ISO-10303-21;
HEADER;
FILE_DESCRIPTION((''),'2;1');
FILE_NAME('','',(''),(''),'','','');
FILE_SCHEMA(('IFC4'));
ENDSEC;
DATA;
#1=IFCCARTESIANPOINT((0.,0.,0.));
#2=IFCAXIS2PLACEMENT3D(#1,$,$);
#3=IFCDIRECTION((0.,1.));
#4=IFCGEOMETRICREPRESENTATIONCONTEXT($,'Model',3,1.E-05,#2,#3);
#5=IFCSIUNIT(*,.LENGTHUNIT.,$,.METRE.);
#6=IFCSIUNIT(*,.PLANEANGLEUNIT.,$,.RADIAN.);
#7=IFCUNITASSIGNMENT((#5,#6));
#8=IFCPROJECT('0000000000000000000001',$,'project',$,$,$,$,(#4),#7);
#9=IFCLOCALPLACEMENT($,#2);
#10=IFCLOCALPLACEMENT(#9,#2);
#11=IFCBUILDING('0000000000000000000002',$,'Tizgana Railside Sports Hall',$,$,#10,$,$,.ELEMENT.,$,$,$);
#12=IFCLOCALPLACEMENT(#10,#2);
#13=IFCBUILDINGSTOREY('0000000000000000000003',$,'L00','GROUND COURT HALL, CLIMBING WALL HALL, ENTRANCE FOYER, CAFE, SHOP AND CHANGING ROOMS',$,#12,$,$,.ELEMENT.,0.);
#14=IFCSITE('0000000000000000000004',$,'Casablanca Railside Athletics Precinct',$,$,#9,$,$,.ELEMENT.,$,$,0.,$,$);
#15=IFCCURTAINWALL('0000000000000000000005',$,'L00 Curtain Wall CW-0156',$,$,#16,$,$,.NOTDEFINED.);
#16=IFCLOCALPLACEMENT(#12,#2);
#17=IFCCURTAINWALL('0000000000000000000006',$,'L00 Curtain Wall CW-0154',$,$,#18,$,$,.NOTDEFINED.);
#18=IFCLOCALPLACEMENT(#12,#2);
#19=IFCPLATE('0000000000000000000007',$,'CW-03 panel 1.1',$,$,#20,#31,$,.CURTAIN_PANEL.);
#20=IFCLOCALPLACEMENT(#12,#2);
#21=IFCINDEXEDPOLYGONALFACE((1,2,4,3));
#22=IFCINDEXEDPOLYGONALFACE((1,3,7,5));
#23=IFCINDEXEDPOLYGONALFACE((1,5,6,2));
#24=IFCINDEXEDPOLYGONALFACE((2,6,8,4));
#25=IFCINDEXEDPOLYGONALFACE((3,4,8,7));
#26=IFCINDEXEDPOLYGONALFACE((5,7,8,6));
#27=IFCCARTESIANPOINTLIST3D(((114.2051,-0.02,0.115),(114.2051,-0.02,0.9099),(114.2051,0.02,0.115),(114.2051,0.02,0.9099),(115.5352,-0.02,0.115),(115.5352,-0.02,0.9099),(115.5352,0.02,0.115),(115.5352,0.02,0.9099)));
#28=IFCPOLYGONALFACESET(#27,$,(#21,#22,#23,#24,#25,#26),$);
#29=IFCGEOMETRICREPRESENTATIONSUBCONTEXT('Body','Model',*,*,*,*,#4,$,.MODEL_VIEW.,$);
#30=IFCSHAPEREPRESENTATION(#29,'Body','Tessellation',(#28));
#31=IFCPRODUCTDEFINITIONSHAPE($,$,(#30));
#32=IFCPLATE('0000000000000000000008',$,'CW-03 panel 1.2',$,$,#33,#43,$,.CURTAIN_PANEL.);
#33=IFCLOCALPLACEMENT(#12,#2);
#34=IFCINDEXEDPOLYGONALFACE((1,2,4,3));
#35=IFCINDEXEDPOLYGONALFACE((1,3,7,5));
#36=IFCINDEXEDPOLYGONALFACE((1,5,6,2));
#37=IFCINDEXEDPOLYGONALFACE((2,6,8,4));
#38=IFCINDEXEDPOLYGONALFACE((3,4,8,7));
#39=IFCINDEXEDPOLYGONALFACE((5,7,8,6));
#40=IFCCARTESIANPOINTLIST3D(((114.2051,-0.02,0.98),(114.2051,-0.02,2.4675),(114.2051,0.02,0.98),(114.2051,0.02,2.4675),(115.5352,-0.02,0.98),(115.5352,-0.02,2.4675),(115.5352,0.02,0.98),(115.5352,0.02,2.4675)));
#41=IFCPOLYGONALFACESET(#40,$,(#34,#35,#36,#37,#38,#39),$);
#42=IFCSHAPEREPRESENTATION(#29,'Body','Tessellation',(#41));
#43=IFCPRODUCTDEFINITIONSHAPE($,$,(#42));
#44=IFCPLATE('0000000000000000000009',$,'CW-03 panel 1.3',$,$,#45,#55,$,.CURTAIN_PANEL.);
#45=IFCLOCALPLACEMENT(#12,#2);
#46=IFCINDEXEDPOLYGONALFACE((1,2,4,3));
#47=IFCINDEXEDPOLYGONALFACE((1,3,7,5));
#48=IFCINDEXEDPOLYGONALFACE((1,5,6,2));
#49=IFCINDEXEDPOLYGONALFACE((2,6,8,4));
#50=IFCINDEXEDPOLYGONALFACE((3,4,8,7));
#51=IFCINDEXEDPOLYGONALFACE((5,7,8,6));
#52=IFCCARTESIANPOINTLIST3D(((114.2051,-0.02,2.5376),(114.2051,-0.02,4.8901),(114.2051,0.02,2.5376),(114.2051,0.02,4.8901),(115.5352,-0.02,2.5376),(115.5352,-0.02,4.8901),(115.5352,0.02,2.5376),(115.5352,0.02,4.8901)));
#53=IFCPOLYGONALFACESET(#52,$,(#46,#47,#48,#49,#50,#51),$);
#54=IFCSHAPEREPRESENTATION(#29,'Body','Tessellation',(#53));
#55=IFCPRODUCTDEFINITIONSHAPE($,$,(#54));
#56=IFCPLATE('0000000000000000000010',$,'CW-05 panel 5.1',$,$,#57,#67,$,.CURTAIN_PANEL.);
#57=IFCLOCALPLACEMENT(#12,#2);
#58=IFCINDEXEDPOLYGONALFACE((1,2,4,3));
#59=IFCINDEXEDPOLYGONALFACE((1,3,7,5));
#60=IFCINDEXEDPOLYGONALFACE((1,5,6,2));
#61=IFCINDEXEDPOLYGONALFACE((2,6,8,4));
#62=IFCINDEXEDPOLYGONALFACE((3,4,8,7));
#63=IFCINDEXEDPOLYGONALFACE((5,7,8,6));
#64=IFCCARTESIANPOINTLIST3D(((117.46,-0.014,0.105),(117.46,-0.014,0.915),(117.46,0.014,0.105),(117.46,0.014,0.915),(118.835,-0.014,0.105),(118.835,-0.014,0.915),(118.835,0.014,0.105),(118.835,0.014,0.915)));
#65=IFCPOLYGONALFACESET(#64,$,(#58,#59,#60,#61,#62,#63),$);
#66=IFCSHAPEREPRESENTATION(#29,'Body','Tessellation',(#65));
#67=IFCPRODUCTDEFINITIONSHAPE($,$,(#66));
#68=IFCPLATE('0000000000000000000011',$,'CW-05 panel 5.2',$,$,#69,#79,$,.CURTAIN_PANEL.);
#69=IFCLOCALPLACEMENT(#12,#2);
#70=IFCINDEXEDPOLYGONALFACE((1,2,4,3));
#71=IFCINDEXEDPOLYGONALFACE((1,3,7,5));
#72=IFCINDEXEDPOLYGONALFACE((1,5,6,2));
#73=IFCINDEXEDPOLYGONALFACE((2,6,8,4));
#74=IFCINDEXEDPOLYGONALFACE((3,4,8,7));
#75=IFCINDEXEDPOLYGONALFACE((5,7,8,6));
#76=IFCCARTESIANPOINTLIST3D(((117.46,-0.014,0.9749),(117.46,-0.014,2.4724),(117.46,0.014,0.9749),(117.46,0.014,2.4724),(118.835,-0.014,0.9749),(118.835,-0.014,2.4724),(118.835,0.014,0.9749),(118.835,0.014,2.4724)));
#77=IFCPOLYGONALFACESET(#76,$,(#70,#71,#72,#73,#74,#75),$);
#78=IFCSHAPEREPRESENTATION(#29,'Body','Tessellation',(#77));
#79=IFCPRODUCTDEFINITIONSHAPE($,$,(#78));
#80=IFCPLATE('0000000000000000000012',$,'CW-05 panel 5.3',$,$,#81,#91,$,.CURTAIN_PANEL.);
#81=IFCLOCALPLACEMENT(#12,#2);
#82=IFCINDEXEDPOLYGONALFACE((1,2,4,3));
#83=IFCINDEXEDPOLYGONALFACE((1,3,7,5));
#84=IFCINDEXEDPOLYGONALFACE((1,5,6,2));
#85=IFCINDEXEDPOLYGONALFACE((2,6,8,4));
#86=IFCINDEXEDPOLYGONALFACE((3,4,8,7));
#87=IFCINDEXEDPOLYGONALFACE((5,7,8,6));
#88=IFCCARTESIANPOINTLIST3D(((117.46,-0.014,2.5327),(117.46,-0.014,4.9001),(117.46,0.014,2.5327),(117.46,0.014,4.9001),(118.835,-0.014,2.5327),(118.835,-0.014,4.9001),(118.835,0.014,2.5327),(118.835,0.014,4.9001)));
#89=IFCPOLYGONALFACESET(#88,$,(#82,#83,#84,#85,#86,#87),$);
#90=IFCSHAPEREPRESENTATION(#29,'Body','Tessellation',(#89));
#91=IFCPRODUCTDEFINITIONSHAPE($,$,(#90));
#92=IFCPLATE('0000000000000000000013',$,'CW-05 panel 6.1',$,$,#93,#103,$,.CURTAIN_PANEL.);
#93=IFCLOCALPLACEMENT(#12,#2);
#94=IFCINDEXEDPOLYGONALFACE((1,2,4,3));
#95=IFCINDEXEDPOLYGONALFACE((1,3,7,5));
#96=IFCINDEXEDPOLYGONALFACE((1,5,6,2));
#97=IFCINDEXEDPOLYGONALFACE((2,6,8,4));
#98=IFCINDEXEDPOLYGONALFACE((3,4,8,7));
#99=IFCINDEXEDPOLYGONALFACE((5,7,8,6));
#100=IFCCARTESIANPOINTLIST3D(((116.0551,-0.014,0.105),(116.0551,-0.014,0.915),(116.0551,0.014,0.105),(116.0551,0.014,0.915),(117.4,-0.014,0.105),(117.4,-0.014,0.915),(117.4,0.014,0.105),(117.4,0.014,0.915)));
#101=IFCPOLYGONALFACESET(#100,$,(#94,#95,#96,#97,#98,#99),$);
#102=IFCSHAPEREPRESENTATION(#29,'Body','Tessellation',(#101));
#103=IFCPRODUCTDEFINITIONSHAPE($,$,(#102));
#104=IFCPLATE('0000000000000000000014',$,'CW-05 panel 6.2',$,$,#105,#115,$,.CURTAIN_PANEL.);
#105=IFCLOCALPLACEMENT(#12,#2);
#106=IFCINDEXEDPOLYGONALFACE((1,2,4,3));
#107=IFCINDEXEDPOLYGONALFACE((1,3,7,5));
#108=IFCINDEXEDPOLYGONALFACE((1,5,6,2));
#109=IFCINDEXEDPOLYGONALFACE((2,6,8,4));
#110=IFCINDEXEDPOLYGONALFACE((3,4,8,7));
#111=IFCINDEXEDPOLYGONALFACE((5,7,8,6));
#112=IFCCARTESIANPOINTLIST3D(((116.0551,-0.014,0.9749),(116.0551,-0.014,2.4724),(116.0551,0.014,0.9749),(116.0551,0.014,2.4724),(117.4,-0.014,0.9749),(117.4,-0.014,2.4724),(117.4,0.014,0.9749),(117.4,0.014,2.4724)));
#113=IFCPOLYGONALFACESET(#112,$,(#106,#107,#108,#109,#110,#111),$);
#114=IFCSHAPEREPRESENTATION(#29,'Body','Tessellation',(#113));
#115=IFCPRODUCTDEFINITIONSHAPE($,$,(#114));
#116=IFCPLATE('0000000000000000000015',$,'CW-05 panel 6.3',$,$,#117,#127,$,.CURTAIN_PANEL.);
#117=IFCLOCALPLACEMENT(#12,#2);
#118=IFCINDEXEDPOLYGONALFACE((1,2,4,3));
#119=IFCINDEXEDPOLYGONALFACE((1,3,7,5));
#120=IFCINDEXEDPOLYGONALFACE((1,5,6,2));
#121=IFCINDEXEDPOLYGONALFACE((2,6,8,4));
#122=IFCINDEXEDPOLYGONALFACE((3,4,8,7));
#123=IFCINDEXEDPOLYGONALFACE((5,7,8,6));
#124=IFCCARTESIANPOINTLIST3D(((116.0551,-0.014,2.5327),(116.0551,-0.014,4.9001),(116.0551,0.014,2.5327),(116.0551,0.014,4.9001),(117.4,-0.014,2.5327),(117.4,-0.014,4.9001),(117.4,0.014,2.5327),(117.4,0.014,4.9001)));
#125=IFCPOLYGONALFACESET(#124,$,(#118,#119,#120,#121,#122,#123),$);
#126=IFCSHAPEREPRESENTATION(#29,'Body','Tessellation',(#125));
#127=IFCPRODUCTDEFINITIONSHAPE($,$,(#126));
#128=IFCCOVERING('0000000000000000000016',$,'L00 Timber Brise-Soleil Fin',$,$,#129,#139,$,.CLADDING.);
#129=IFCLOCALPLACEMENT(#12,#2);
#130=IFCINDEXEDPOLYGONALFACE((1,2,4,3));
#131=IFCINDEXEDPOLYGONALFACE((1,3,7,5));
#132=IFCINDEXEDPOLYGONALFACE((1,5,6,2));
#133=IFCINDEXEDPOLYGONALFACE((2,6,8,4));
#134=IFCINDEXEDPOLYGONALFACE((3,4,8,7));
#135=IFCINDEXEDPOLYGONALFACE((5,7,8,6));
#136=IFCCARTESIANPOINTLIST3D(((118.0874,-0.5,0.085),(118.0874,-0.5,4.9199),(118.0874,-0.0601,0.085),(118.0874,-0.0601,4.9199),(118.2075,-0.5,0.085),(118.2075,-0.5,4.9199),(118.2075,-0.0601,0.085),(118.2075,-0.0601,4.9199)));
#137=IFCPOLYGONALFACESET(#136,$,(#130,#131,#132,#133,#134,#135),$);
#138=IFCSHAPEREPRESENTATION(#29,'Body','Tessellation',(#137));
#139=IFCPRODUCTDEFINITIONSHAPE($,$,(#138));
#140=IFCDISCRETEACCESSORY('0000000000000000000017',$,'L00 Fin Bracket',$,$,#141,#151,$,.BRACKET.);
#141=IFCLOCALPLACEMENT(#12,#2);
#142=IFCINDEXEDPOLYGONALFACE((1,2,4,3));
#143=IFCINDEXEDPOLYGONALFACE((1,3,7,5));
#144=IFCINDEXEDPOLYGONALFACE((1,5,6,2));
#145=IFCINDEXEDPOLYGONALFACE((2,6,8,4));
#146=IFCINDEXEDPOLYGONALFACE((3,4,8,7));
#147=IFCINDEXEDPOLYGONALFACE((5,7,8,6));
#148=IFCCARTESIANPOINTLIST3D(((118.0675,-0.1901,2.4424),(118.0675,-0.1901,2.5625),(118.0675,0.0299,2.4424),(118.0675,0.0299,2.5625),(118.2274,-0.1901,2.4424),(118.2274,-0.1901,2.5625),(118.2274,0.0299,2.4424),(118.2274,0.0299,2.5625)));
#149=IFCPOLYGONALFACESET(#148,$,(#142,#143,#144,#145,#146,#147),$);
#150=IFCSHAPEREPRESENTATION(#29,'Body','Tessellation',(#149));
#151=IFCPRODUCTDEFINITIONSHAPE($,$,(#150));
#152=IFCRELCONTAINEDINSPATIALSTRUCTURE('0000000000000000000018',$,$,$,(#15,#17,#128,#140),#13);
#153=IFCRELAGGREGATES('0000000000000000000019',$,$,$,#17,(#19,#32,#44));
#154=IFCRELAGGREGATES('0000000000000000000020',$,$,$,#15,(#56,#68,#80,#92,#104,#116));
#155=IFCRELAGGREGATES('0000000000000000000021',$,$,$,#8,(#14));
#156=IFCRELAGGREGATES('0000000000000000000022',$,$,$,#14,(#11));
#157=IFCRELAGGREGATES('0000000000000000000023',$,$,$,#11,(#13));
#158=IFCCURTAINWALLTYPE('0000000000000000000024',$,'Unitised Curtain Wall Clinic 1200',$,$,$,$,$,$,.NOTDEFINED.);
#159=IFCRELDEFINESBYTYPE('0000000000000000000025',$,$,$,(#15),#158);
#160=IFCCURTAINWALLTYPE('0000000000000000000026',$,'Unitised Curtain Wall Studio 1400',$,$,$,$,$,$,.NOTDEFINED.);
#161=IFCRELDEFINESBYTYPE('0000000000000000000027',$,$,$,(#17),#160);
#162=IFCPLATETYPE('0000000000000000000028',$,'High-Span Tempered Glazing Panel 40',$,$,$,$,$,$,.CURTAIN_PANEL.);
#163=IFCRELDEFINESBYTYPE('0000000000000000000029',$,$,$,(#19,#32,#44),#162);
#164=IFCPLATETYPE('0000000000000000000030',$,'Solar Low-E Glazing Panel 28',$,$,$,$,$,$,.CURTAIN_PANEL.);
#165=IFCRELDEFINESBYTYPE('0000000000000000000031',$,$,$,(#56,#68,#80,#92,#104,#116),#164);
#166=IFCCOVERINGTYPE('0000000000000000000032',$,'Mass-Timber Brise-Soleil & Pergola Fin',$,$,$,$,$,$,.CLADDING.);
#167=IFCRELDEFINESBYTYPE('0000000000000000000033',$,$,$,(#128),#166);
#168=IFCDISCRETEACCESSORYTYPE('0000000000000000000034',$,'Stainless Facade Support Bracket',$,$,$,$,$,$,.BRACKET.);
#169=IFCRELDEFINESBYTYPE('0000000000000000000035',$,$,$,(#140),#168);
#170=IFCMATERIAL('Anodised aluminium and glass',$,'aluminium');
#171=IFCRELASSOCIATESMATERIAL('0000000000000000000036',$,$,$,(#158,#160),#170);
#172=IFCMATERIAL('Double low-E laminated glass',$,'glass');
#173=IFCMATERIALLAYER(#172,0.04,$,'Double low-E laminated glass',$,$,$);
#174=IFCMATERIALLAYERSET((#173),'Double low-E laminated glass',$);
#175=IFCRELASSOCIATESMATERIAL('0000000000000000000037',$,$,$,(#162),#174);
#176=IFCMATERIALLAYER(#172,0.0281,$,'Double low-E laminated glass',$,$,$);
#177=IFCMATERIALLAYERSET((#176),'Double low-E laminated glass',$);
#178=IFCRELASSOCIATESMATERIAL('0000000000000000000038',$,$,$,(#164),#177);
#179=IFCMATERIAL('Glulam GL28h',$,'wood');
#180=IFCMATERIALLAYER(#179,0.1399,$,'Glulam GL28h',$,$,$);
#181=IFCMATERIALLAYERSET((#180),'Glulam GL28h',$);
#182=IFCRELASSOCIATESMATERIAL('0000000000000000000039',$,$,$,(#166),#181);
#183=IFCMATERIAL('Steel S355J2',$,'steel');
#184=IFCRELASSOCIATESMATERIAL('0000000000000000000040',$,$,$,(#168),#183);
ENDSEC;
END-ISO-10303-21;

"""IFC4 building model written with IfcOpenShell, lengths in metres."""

from ifc_helpers import new_model, si_unit, direction, frame, origin, origin_2d, place, context, subcontext, project, spatial, rectangle, extrude, material, layer, layer_set, type_object, element, aggregate, save


model = new_model("IFC4")

# Units and contexts
model_context = context("Model", 3, precision=1e-05, world=origin(), true_north=direction((0.0, 1.0)))
body_context = subcontext(model_context, "Body", "Model", "MODEL_VIEW")
ifc_project = project(units=[si_unit("LENGTHUNIT", "METRE"), si_unit("PLANEANGLEUNIT", "RADIAN")], contexts=[model_context])

# Site, building, storey
site_placement = place(None, origin())
site = spatial("IfcSite", under=ifc_project, at=site_placement, Name="Casablanca Railside Athletics Precinct", CompositionType="ELEMENT", RefElevation=0.0)
building_placement = place(site_placement, origin())
building = spatial("IfcBuilding", under=site, at=building_placement, Name="Tizgana Railside Sports Hall", CompositionType="ELEMENT")
storey_placement = place(building_placement, origin())
storey = spatial("IfcBuildingStorey", under=building, at=storey_placement, Name="L00", Description="GROUND COURT HALL, CLIMBING WALL HALL, ENTRANCE FOYER, CAFE, SHOP AND CHANGING ROOMS", CompositionType="ELEMENT", Elevation=0.0)

# Shared definitions
ifc_material_1 = material(Name="Steel S355J2", Category="steel")

# Curtain walls
ifc_material_2 = material(Name="Anodised aluminium and glass", Category="aluminium")
curtain_wall_type_1 = type_object("IfcCurtainWallType", Name="Unitised Curtain Wall Clinic 1200", PredefinedType="NOTDEFINED", material=ifc_material_2)
curtain_wall_1_placement = place(storey_placement, origin())
curtain_wall_1 = element("IfcCurtainWall", 1, at=curtain_wall_1_placement, inside=storey, type_object=curtain_wall_type_1, Name="L00 Curtain Wall CW-0156", PredefinedType="NOTDEFINED")
curtain_wall_type_2 = type_object("IfcCurtainWallType", Name="Unitised Curtain Wall Studio 1400", PredefinedType="NOTDEFINED", material=ifc_material_2)
curtain_wall_2_placement = place(storey_placement, origin())
curtain_wall_2 = element("IfcCurtainWall", 2, at=curtain_wall_2_placement, inside=storey, type_object=curtain_wall_type_2, Name="L00 Curtain Wall CW-0154", PredefinedType="NOTDEFINED")

# Plates
ifc_material_3 = material(Name="Double low-E laminated glass", Category="glass")
ifc_layer_1 = layer(ifc_material_3, 0.04, Name="Double low-E laminated glass")
ifc_layer_set_1 = layer_set([ifc_layer_1], Name="Double low-E laminated glass")
plate_type_1 = type_object("IfcPlateType", Name="High-Span Tempered Glazing Panel 40", PredefinedType="CURTAIN_PANEL", material=ifc_layer_set_1)
plate_1_placement = place(storey_placement, frame((114.8701, 0.0, 0.115), z_axis=(0.0, 0.0, 1.0), x_axis=(-1.0, 0.0, 0.0)))
plate_1 = element("IfcPlate", 3, at=plate_1_placement, type_object=plate_type_1, Name="CW-03 panel 1.1", PredefinedType="CURTAIN_PANEL", context=body_context, shape_type="SweptSolid", body=[
    extrude(rectangle(XDim=1.3301, YDim=0.04, at=origin_2d()), origin(), (0.0, 0.0, 1.0), 0.7949),
])
plate_2_placement = place(storey_placement, frame((114.8701, 0.0, 0.98), z_axis=(0.0, 0.0, 1.0), x_axis=(-1.0, 0.0, 0.0)))
plate_2 = element("IfcPlate", 4, at=plate_2_placement, type_object=plate_type_1, Name="CW-03 panel 1.2", PredefinedType="CURTAIN_PANEL", context=body_context, shape_type="SweptSolid", body=[
    extrude(rectangle(XDim=1.3301, YDim=0.04, at=origin_2d()), origin(), (0.0, 0.0, 1.0), 1.4875),
])
plate_3_placement = place(storey_placement, frame((114.8701, 0.0, 2.5376), z_axis=(0.0, 0.0, 1.0), x_axis=(-1.0, 0.0, 0.0)))
plate_3 = element("IfcPlate", 5, at=plate_3_placement, type_object=plate_type_1, Name="CW-03 panel 1.3", PredefinedType="CURTAIN_PANEL", context=body_context, shape_type="SweptSolid", body=[
    extrude(rectangle(XDim=1.3301, YDim=0.04, at=origin_2d()), origin(), (0.0, 0.0, 1.0), 2.3525),
])
aggregate(curtain_wall_2, [plate_1, plate_2, plate_3])
ifc_layer_2 = layer(ifc_material_3, 0.0281, Name="Double low-E laminated glass")
ifc_layer_set_2 = layer_set([ifc_layer_2], Name="Double low-E laminated glass")
plate_type_2 = type_object("IfcPlateType", Name="Solar Low-E Glazing Panel 28", PredefinedType="CURTAIN_PANEL", material=ifc_layer_set_2)
plate_4_placement = place(storey_placement, frame((118.1475, 0.0, 0.105), z_axis=(0.0, 0.0, 1.0), x_axis=(-1.0, 0.0, 0.0)))
plate_4 = element("IfcPlate", 6, at=plate_4_placement, type_object=plate_type_2, Name="CW-05 panel 5.1", PredefinedType="CURTAIN_PANEL", context=body_context, shape_type="SweptSolid", body=[
    extrude(rectangle(XDim=1.375, YDim=0.0281, at=origin_2d()), origin(), (0.0, 0.0, 1.0), 0.8101),
])
plate_5_placement = place(storey_placement, frame((118.1475, 0.0, 0.9749), z_axis=(0.0, 0.0, 1.0), x_axis=(-1.0, 0.0, 0.0)))
plate_5 = element("IfcPlate", 7, at=plate_5_placement, type_object=plate_type_2, Name="CW-05 panel 5.2", PredefinedType="CURTAIN_PANEL", context=body_context, shape_type="SweptSolid", body=[
    extrude(rectangle(XDim=1.375, YDim=0.0281, at=origin_2d()), origin(), (0.0, 0.0, 1.0), 1.4976),
])
plate_6_placement = place(storey_placement, frame((118.1475, 0.0, 2.5327), z_axis=(0.0, 0.0, 1.0), x_axis=(-1.0, 0.0, 0.0)))
plate_6 = element("IfcPlate", 8, at=plate_6_placement, type_object=plate_type_2, Name="CW-05 panel 5.3", PredefinedType="CURTAIN_PANEL", context=body_context, shape_type="SweptSolid", body=[
    extrude(rectangle(XDim=1.375, YDim=0.0281, at=origin_2d()), origin(), (0.0, 0.0, 1.0), 2.3674),
])
plate_7_placement = place(storey_placement, frame((116.7275, 0.0, 0.105), z_axis=(0.0, 0.0, 1.0), x_axis=(-1.0, 0.0, 0.0)))
plate_7 = element("IfcPlate", 9, at=plate_7_placement, type_object=plate_type_2, Name="CW-05 panel 6.1", PredefinedType="CURTAIN_PANEL", context=body_context, shape_type="SweptSolid", body=[
    extrude(rectangle(XDim=1.345, YDim=0.0281, at=origin_2d()), origin(), (0.0, 0.0, 1.0), 0.8101),
])
plate_8_placement = place(storey_placement, frame((116.7275, 0.0, 0.9749), z_axis=(0.0, 0.0, 1.0), x_axis=(-1.0, 0.0, 0.0)))
plate_8 = element("IfcPlate", 10, at=plate_8_placement, type_object=plate_type_2, Name="CW-05 panel 6.2", PredefinedType="CURTAIN_PANEL", context=body_context, shape_type="SweptSolid", body=[
    extrude(rectangle(XDim=1.345, YDim=0.0281, at=origin_2d()), origin(), (0.0, 0.0, 1.0), 1.4976),
])
plate_9_placement = place(storey_placement, frame((116.7275, 0.0, 2.5327), z_axis=(0.0, 0.0, 1.0), x_axis=(-1.0, 0.0, 0.0)))
plate_9 = element("IfcPlate", 11, at=plate_9_placement, type_object=plate_type_2, Name="CW-05 panel 6.3", PredefinedType="CURTAIN_PANEL", context=body_context, shape_type="SweptSolid", body=[
    extrude(rectangle(XDim=1.345, YDim=0.0281, at=origin_2d()), origin(), (0.0, 0.0, 1.0), 2.3674),
])
aggregate(curtain_wall_1, [plate_4, plate_5, plate_6, plate_7, plate_8, plate_9])

# Covering
ifc_material_4 = material(Name="Glulam GL28h", Category="wood")
ifc_layer_3 = layer(ifc_material_4, 0.1399, Name="Glulam GL28h")
ifc_layer_set_3 = layer_set([ifc_layer_3], Name="Glulam GL28h")
covering_type = type_object("IfcCoveringType", Name="Mass-Timber Brise-Soleil & Pergola Fin", PredefinedType="CLADDING", material=ifc_layer_set_3)
covering_placement = place(storey_placement, frame((118.1475, -0.28, 0.085), z_axis=(0.0, 0.0, 1.0), x_axis=(-1.0, 0.0, 0.0)))
element("IfcCovering", 12, at=covering_placement, inside=storey, type_object=covering_type, Name="L00 Timber Brise-Soleil Fin", PredefinedType="CLADDING", context=body_context, shape_type="SweptSolid", body=[
    extrude(rectangle(XDim=0.1201, YDim=0.4399, at=origin_2d()), origin(), (0.0, 0.0, 1.0), 4.835),
])

# Discrete accessory
discrete_accessory_type = type_object("IfcDiscreteAccessoryType", Name="Stainless Facade Support Bracket", PredefinedType="BRACKET", material=ifc_material_1)
discrete_accessory_placement = place(storey_placement, frame((118.1475, -0.0801, 2.4424), z_axis=(0.0, 0.0, 1.0), x_axis=(-1.0, 0.0, 0.0)))
element("IfcDiscreteAccessory", 13, at=discrete_accessory_placement, inside=storey, type_object=discrete_accessory_type, Name="L00 Fin Bracket", PredefinedType="BRACKET", context=body_context, shape_type="SweptSolid", body=[
    extrude(rectangle(XDim=0.1599, YDim=0.22, at=origin_2d()), origin(), (0.0, 0.0, 1.0), 0.1201),
])

save(model, "model.ifc")
